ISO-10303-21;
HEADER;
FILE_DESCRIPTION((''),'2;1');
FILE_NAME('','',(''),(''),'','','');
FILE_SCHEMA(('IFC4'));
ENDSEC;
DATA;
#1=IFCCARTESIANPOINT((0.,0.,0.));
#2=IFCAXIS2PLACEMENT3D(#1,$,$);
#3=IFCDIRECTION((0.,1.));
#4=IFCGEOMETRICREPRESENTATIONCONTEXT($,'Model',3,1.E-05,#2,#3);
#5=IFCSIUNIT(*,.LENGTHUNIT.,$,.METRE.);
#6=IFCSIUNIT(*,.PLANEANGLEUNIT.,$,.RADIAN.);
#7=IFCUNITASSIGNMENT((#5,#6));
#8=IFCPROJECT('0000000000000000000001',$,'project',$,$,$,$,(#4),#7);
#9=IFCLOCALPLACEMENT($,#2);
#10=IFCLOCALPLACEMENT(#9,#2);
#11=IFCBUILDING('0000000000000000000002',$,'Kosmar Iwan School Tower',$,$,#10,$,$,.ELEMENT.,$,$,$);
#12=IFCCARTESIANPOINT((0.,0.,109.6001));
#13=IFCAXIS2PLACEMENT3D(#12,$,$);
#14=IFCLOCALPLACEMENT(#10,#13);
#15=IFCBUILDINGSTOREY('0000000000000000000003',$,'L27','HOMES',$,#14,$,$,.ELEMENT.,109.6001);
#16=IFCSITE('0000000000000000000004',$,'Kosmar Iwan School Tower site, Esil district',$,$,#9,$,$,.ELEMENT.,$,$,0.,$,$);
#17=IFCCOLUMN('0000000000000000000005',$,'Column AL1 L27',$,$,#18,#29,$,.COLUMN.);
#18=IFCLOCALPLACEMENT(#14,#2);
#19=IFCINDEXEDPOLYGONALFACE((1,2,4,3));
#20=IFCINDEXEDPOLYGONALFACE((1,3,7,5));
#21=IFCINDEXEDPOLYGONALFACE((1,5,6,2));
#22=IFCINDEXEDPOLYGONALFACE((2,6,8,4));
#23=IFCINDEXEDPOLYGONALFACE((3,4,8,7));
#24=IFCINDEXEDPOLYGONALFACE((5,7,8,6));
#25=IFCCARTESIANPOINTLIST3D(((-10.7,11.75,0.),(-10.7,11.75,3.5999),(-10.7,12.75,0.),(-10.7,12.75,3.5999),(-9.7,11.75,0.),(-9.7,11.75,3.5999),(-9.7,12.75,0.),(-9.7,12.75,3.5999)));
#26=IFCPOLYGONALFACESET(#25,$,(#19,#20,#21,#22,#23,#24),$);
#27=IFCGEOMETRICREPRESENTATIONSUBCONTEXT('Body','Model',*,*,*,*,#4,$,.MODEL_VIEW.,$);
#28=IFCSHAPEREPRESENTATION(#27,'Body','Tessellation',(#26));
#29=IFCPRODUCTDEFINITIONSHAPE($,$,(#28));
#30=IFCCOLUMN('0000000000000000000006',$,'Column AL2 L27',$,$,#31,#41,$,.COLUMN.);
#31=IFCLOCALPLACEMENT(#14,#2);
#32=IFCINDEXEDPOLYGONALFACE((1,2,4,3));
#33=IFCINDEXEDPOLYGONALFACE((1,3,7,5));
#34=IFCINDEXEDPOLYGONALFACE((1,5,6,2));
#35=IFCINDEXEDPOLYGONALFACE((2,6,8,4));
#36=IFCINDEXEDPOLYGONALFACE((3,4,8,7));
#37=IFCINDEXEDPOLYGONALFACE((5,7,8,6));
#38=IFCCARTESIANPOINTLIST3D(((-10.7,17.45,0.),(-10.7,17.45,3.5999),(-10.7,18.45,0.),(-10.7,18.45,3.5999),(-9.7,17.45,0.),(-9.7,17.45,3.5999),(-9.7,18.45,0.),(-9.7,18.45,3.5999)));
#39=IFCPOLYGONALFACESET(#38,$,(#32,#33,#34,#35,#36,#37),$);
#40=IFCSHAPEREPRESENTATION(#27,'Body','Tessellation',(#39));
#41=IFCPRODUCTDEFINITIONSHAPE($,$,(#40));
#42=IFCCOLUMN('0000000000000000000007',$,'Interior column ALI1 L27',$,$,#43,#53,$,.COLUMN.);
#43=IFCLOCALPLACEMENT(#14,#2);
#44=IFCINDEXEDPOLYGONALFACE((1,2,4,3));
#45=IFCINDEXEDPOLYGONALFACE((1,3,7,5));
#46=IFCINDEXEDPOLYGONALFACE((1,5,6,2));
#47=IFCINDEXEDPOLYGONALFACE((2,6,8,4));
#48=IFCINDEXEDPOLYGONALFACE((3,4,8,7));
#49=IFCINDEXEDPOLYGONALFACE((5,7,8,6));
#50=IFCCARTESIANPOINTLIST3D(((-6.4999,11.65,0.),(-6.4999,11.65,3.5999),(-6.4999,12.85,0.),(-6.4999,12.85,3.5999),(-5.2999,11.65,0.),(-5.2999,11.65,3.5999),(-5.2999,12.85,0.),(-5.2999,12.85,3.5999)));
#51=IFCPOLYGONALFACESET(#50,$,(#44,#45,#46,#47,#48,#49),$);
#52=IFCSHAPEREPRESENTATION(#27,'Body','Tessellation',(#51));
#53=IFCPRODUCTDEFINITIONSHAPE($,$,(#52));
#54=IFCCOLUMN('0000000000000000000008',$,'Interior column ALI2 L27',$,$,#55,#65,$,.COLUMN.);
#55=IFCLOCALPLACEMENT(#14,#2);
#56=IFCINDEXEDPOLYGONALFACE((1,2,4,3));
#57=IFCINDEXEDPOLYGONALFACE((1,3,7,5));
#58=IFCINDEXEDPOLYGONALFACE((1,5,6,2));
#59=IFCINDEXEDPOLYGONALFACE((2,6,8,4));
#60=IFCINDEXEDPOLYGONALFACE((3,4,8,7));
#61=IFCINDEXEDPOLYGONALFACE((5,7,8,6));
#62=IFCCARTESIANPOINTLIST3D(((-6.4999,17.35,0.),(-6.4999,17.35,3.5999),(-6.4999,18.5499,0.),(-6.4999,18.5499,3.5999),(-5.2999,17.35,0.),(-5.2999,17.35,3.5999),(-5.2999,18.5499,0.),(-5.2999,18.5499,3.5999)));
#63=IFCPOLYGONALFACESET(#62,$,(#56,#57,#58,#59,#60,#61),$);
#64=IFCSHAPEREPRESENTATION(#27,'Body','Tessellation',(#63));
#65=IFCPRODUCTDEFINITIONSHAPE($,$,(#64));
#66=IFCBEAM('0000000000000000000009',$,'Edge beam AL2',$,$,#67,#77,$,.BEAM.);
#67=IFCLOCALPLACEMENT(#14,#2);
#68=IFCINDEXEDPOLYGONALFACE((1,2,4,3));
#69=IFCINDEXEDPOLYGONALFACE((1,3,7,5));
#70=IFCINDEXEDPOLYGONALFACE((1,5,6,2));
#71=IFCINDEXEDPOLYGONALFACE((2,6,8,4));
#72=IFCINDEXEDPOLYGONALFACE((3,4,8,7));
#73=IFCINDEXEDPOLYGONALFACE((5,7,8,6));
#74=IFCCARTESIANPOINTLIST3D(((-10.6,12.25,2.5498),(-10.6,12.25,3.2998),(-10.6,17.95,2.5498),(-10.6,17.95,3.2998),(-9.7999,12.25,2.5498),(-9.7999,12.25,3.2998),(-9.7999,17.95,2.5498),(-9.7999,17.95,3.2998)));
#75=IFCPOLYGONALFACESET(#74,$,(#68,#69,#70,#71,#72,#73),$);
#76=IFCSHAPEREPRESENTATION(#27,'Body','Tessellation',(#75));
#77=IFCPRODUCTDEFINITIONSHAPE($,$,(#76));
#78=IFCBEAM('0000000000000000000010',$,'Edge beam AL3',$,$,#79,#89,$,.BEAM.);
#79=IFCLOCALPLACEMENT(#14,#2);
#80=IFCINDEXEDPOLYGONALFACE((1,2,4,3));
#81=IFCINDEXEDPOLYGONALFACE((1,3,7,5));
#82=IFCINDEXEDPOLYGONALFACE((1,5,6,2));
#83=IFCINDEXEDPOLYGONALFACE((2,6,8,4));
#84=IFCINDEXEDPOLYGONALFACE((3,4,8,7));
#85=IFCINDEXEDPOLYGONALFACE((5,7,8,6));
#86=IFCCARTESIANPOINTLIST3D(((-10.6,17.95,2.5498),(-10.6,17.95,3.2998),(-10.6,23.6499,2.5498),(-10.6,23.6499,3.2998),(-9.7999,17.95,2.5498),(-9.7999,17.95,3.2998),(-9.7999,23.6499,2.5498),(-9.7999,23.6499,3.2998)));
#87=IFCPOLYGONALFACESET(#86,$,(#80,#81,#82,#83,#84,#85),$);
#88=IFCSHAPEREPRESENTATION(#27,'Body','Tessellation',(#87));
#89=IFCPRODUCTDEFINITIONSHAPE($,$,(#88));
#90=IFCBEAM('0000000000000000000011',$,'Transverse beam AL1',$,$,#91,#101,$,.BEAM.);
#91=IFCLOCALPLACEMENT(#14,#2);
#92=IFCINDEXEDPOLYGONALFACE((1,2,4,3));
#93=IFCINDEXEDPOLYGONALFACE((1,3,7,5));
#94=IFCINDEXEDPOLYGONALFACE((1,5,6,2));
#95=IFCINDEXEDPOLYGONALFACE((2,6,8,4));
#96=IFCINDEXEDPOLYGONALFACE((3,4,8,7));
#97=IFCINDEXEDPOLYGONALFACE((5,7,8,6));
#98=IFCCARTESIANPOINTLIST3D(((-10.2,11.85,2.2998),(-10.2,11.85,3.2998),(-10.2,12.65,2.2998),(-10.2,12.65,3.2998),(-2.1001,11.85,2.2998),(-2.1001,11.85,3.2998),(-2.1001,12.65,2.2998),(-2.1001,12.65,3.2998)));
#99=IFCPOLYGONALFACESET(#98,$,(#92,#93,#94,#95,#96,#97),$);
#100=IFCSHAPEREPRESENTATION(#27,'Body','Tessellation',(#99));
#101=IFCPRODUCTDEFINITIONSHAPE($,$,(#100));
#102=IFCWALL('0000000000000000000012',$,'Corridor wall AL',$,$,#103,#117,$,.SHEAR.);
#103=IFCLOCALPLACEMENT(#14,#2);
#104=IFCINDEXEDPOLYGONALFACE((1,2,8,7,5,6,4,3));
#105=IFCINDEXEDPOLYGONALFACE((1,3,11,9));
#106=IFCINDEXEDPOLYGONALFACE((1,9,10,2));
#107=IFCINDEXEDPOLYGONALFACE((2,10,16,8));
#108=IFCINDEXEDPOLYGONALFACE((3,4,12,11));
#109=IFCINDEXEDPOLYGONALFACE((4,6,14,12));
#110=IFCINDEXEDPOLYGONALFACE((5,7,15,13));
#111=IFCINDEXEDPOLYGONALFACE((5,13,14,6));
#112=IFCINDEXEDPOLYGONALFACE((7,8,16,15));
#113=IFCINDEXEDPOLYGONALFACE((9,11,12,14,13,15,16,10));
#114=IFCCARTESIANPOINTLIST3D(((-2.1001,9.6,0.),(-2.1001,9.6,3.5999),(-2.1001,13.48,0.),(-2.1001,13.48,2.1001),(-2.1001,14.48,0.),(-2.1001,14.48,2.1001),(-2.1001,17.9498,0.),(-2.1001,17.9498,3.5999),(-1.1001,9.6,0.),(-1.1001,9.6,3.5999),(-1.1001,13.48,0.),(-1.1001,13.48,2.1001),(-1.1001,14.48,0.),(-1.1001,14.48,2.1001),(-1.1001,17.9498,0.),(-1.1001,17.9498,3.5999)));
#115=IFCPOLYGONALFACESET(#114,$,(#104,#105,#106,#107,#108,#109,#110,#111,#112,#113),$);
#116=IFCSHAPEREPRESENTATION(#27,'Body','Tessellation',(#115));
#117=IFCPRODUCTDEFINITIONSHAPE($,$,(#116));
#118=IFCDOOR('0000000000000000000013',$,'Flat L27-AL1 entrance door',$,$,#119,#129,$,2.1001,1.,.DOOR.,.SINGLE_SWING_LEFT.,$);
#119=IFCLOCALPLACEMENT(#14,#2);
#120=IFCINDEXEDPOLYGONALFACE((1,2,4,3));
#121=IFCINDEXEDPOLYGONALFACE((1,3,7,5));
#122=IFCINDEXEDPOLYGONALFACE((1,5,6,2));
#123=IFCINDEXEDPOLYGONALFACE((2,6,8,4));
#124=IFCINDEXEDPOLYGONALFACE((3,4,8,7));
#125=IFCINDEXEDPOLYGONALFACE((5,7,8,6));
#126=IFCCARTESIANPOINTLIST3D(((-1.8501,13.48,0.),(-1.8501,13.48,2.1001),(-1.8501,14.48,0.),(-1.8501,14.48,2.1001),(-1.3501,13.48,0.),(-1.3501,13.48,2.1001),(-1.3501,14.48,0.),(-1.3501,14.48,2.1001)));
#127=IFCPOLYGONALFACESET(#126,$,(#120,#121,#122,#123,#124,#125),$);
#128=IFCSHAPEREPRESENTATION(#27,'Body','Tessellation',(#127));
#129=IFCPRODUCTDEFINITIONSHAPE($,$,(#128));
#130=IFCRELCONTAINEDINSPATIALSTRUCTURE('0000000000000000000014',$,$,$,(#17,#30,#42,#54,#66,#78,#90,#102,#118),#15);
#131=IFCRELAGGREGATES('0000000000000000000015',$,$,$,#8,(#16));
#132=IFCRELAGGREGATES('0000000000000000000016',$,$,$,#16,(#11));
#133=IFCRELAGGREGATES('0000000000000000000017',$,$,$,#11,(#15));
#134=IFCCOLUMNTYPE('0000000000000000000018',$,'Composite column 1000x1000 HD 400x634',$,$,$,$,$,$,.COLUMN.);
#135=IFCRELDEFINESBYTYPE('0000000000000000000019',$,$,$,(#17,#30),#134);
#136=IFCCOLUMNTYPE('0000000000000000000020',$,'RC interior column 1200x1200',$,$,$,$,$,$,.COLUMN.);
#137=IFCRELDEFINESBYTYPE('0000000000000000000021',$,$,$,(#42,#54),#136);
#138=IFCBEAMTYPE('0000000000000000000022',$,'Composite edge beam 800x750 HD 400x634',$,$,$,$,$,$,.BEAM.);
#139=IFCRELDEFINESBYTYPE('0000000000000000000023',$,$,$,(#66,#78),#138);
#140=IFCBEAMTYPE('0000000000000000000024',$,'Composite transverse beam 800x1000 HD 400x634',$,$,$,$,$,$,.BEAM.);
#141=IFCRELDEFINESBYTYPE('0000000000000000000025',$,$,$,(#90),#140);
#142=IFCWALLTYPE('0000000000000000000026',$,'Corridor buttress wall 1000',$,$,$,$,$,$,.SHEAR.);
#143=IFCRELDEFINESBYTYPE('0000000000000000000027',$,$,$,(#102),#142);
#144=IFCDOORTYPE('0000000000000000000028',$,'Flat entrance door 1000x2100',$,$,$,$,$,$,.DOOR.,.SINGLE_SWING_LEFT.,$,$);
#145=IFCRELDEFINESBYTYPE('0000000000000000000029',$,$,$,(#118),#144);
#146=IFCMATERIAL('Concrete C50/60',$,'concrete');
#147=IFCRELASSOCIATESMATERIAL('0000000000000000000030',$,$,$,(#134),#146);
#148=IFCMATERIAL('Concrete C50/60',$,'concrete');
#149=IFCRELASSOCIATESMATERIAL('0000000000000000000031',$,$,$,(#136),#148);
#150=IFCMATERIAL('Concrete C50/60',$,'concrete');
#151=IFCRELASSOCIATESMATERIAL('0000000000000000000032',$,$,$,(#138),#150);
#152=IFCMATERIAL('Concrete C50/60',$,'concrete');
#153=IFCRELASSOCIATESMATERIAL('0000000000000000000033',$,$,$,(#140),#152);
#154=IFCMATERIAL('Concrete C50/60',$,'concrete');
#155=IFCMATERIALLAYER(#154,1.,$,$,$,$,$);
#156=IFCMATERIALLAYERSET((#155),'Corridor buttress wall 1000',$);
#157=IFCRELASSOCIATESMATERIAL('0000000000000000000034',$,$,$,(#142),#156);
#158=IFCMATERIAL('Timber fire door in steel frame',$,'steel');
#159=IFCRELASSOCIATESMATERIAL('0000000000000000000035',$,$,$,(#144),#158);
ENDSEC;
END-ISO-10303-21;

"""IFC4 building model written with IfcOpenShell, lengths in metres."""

from ifc_helpers import new_model, si_unit, direction, frame, frame_2d, origin, origin_2d, place, context, subcontext, project, spatial, rectangle, extrude, material, layer, layer_set, material_profile, profile_set, type_object, element, fill, save


model = new_model("IFC4")

# Units and contexts
model_context = context("Model", 3, precision=1e-05, world=origin(), true_north=direction((0.0, 1.0)))
body_context = subcontext(model_context, "Body", "Model", "MODEL_VIEW")
ifc_project = project(units=[si_unit("LENGTHUNIT", "METRE"), si_unit("PLANEANGLEUNIT", "RADIAN")], contexts=[model_context])

# Site, building, storey
site_placement = place(None, origin())
site = spatial("IfcSite", under=ifc_project, at=site_placement, Name="Kosmar Iwan School Tower site, Esil district", CompositionType="ELEMENT", RefElevation=0.0)
building_placement = place(site_placement, origin())
building = spatial("IfcBuilding", under=site, at=building_placement, Name="Kosmar Iwan School Tower", CompositionType="ELEMENT")
storey_placement = place(building_placement, frame((0.0, 0.0, 109.6001)))
storey = spatial("IfcBuildingStorey", under=building, at=storey_placement, Name="L27", Description="HOMES", CompositionType="ELEMENT", Elevation=109.6001)

# Columns
ifc_material_1 = material(Name="Concrete C50/60", Category="concrete")
ifc_material_profile_1 = material_profile(ifc_material_1, rectangle(XDim=1.0, YDim=1.0, at=origin_2d()), Name="RC 1000x1000 + HD 400x634")
ifc_profile_set_1 = profile_set([ifc_material_profile_1], Name="Concrete C50/60")
column_type_1 = type_object("IfcColumnType", Name="Composite column 1000x1000 HD 400x634", PredefinedType="COLUMN", material=ifc_profile_set_1)
for number, where, z_axis, x_axis, name in (
    (1, (-10.2, 12.25, 0.0), (0.0, 0.0, 1.0), (0.0, 1.0, 0.0), "Column AL1 L27"),
    (2, (-10.2, 17.95, 0.0), (0.0, 0.0, 1.0), (0.0, 1.0, 0.0), "Column AL2 L27"),
):
    element("IfcColumn", number, at=place(storey_placement, frame(where, z_axis=z_axis, x_axis=x_axis)), inside=storey, type_object=column_type_1, Name=name, PredefinedType="COLUMN", context=body_context, shape_type="SweptSolid", body=[
        extrude(rectangle(XDim=1.0, YDim=1.0, at=origin_2d()), origin(), (0.0, 0.0, 1.0), 3.5999),
    ])
ifc_material_2 = material(Name="Concrete C50/60", Category="concrete")
ifc_material_profile_2 = material_profile(ifc_material_2, rectangle(XDim=1.2, YDim=1.2, at=origin_2d()), Name="RC 1200x1200")
ifc_profile_set_2 = profile_set([ifc_material_profile_2], Name="Concrete C50/60")
column_type_2 = type_object("IfcColumnType", Name="RC interior column 1200x1200", PredefinedType="COLUMN", material=ifc_profile_set_2)
for number, where, z_axis, x_axis, name in (
    (3, (-5.8999, 12.25, 0.0), (0.0, 0.0, 1.0), (0.0, 1.0, 0.0), "Interior column ALI1 L27"),
    (4, (-5.8999, 17.95, 0.0), (0.0, 0.0, 1.0), (0.0, 1.0, 0.0), "Interior column ALI2 L27"),
):
    element("IfcColumn", number, at=place(storey_placement, frame(where, z_axis=z_axis, x_axis=x_axis)), inside=storey, type_object=column_type_2, Name=name, PredefinedType="COLUMN", context=body_context, shape_type="SweptSolid", body=[
        extrude(rectangle(XDim=1.2, YDim=1.2, at=origin_2d()), origin(), (0.0, 0.0, 1.0), 3.5999),
    ])

# Beams
ifc_material_3 = material(Name="Concrete C50/60", Category="concrete")
ifc_material_profile_3 = material_profile(ifc_material_3, rectangle(XDim=0.8, YDim=0.75, at=origin_2d()), Name="RC 800x750 + HD 400x634")
ifc_profile_set_3 = profile_set([ifc_material_profile_3], Name="Concrete C50/60")
beam_type_1 = type_object("IfcBeamType", Name="Composite edge beam 800x750 HD 400x634", PredefinedType="BEAM", material=ifc_profile_set_3)
for number, where, z_axis, x_axis, name in (
    (5, (-10.2, 12.25, 2.9248), (0.0, 1.0, 0.0), (-1.0, 0.0, 0.0), "Edge beam AL2"),
    (6, (-10.2, 17.95, 2.9248), (0.0, 1.0, 0.0), (-1.0, 0.0, 0.0), "Edge beam AL3"),
):
    element("IfcBeam", number, at=place(storey_placement, frame(where, z_axis=z_axis, x_axis=x_axis)), inside=storey, type_object=beam_type_1, Name=name, PredefinedType="BEAM", context=body_context, shape_type="SweptSolid", body=[
        extrude(rectangle(XDim=0.8, YDim=0.75, at=origin_2d()), origin(), (0.0, 0.0, 1.0), 5.7),
    ])
ifc_material_4 = material(Name="Concrete C50/60", Category="concrete")
ifc_material_profile_4 = material_profile(ifc_material_4, rectangle(XDim=0.8, YDim=1.0, at=origin_2d()), Name="RC 800x1000 + HD 400x634")
ifc_profile_set_4 = profile_set([ifc_material_profile_4], Name="Concrete C50/60")
beam_type_2 = type_object("IfcBeamType", Name="Composite transverse beam 800x1000 HD 400x634", PredefinedType="BEAM", material=ifc_profile_set_4)
beam_placement = place(storey_placement, frame((-10.2, 12.25, 2.7998), z_axis=(1.0, 0.0, 0.0), x_axis=(0.0, 1.0, 0.0)))
element("IfcBeam", 7, at=beam_placement, inside=storey, type_object=beam_type_2, Name="Transverse beam AL1", PredefinedType="BEAM", context=body_context, shape_type="SweptSolid", body=[
    extrude(rectangle(XDim=0.8, YDim=1.0, at=origin_2d()), origin(), (0.0, 0.0, 1.0), 8.0999),
])

# Wall, opening, door
ifc_material_5 = material(Name="Concrete C50/60", Category="concrete")
ifc_layer_1 = layer(ifc_material_5, 1.0)
ifc_layer_set_1 = layer_set([ifc_layer_1], Name="Corridor buttress wall 1000")
wall_type_1 = type_object("IfcWallType", Name="Corridor buttress wall 1000", PredefinedType="SHEAR", material=ifc_layer_set_1)
wall_1_placement = place(storey_placement, frame((-1.6001, 9.6001, 0.0), z_axis=(0.0, 0.0, 1.0), x_axis=(0.0, 1.0, 0.0)))
wall_1 = element("IfcWall", 8, at=wall_1_placement, inside=storey, type_object=wall_type_1, Name="Corridor wall AL", PredefinedType="SHEAR", context=body_context, shape_type="SweptSolid", body=[
    extrude(rectangle(XDim=8.3499, YDim=1.0, at=frame_2d((4.1748, 0.0))), origin(), (0.0, 0.0, 1.0), 3.5999),
])
opening_1_placement = place(wall_1_placement, frame((3.8799, 0.0, 0.0)))
opening_1 = element("IfcOpeningElement", 9, at=opening_1_placement, cuts=wall_1, PredefinedType="OPENING", context=body_context, shape_type="SweptSolid", body=[
    extrude(rectangle(XDim=1.0, YDim=2.1001, at=frame_2d((0.5, 1.05))), frame((0.0, 0.512, 0.0), z_axis=(0.0, -1.0, 0.0), x_axis=(1.0, 0.0, 0.0)), (0.0, 0.0, 1.0), 1.0239),
])
ifc_material_6 = material(Name="Timber fire door in steel frame", Category="steel")
door_type_1 = type_object("IfcDoorType", Name="Flat entrance door 1000x2100", OperationType="SINGLE_SWING_LEFT", PredefinedType="DOOR", material=ifc_material_6)
door_1_placement = place(opening_1_placement, origin())
door_1 = element("IfcDoor", 10, at=door_1_placement, inside=storey, type_object=door_type_1, Name="Flat L27-AL1 entrance door", OperationType="SINGLE_SWING_LEFT", OverallHeight=2.1001, OverallWidth=1.0, PredefinedType="DOOR", context=body_context, shape_type="SweptSolid", body=[
    extrude(rectangle(XDim=1.0, YDim=2.1001, at=frame_2d((0.5, 1.05))), frame((0.0, 0.25, 0.0), z_axis=(0.0, -1.0, 0.0), x_axis=(1.0, 0.0, 0.0)), (0.0, 0.0, 1.0), 0.5),
])
fill(opening_1, door_1)

save(model, "model.ifc")
